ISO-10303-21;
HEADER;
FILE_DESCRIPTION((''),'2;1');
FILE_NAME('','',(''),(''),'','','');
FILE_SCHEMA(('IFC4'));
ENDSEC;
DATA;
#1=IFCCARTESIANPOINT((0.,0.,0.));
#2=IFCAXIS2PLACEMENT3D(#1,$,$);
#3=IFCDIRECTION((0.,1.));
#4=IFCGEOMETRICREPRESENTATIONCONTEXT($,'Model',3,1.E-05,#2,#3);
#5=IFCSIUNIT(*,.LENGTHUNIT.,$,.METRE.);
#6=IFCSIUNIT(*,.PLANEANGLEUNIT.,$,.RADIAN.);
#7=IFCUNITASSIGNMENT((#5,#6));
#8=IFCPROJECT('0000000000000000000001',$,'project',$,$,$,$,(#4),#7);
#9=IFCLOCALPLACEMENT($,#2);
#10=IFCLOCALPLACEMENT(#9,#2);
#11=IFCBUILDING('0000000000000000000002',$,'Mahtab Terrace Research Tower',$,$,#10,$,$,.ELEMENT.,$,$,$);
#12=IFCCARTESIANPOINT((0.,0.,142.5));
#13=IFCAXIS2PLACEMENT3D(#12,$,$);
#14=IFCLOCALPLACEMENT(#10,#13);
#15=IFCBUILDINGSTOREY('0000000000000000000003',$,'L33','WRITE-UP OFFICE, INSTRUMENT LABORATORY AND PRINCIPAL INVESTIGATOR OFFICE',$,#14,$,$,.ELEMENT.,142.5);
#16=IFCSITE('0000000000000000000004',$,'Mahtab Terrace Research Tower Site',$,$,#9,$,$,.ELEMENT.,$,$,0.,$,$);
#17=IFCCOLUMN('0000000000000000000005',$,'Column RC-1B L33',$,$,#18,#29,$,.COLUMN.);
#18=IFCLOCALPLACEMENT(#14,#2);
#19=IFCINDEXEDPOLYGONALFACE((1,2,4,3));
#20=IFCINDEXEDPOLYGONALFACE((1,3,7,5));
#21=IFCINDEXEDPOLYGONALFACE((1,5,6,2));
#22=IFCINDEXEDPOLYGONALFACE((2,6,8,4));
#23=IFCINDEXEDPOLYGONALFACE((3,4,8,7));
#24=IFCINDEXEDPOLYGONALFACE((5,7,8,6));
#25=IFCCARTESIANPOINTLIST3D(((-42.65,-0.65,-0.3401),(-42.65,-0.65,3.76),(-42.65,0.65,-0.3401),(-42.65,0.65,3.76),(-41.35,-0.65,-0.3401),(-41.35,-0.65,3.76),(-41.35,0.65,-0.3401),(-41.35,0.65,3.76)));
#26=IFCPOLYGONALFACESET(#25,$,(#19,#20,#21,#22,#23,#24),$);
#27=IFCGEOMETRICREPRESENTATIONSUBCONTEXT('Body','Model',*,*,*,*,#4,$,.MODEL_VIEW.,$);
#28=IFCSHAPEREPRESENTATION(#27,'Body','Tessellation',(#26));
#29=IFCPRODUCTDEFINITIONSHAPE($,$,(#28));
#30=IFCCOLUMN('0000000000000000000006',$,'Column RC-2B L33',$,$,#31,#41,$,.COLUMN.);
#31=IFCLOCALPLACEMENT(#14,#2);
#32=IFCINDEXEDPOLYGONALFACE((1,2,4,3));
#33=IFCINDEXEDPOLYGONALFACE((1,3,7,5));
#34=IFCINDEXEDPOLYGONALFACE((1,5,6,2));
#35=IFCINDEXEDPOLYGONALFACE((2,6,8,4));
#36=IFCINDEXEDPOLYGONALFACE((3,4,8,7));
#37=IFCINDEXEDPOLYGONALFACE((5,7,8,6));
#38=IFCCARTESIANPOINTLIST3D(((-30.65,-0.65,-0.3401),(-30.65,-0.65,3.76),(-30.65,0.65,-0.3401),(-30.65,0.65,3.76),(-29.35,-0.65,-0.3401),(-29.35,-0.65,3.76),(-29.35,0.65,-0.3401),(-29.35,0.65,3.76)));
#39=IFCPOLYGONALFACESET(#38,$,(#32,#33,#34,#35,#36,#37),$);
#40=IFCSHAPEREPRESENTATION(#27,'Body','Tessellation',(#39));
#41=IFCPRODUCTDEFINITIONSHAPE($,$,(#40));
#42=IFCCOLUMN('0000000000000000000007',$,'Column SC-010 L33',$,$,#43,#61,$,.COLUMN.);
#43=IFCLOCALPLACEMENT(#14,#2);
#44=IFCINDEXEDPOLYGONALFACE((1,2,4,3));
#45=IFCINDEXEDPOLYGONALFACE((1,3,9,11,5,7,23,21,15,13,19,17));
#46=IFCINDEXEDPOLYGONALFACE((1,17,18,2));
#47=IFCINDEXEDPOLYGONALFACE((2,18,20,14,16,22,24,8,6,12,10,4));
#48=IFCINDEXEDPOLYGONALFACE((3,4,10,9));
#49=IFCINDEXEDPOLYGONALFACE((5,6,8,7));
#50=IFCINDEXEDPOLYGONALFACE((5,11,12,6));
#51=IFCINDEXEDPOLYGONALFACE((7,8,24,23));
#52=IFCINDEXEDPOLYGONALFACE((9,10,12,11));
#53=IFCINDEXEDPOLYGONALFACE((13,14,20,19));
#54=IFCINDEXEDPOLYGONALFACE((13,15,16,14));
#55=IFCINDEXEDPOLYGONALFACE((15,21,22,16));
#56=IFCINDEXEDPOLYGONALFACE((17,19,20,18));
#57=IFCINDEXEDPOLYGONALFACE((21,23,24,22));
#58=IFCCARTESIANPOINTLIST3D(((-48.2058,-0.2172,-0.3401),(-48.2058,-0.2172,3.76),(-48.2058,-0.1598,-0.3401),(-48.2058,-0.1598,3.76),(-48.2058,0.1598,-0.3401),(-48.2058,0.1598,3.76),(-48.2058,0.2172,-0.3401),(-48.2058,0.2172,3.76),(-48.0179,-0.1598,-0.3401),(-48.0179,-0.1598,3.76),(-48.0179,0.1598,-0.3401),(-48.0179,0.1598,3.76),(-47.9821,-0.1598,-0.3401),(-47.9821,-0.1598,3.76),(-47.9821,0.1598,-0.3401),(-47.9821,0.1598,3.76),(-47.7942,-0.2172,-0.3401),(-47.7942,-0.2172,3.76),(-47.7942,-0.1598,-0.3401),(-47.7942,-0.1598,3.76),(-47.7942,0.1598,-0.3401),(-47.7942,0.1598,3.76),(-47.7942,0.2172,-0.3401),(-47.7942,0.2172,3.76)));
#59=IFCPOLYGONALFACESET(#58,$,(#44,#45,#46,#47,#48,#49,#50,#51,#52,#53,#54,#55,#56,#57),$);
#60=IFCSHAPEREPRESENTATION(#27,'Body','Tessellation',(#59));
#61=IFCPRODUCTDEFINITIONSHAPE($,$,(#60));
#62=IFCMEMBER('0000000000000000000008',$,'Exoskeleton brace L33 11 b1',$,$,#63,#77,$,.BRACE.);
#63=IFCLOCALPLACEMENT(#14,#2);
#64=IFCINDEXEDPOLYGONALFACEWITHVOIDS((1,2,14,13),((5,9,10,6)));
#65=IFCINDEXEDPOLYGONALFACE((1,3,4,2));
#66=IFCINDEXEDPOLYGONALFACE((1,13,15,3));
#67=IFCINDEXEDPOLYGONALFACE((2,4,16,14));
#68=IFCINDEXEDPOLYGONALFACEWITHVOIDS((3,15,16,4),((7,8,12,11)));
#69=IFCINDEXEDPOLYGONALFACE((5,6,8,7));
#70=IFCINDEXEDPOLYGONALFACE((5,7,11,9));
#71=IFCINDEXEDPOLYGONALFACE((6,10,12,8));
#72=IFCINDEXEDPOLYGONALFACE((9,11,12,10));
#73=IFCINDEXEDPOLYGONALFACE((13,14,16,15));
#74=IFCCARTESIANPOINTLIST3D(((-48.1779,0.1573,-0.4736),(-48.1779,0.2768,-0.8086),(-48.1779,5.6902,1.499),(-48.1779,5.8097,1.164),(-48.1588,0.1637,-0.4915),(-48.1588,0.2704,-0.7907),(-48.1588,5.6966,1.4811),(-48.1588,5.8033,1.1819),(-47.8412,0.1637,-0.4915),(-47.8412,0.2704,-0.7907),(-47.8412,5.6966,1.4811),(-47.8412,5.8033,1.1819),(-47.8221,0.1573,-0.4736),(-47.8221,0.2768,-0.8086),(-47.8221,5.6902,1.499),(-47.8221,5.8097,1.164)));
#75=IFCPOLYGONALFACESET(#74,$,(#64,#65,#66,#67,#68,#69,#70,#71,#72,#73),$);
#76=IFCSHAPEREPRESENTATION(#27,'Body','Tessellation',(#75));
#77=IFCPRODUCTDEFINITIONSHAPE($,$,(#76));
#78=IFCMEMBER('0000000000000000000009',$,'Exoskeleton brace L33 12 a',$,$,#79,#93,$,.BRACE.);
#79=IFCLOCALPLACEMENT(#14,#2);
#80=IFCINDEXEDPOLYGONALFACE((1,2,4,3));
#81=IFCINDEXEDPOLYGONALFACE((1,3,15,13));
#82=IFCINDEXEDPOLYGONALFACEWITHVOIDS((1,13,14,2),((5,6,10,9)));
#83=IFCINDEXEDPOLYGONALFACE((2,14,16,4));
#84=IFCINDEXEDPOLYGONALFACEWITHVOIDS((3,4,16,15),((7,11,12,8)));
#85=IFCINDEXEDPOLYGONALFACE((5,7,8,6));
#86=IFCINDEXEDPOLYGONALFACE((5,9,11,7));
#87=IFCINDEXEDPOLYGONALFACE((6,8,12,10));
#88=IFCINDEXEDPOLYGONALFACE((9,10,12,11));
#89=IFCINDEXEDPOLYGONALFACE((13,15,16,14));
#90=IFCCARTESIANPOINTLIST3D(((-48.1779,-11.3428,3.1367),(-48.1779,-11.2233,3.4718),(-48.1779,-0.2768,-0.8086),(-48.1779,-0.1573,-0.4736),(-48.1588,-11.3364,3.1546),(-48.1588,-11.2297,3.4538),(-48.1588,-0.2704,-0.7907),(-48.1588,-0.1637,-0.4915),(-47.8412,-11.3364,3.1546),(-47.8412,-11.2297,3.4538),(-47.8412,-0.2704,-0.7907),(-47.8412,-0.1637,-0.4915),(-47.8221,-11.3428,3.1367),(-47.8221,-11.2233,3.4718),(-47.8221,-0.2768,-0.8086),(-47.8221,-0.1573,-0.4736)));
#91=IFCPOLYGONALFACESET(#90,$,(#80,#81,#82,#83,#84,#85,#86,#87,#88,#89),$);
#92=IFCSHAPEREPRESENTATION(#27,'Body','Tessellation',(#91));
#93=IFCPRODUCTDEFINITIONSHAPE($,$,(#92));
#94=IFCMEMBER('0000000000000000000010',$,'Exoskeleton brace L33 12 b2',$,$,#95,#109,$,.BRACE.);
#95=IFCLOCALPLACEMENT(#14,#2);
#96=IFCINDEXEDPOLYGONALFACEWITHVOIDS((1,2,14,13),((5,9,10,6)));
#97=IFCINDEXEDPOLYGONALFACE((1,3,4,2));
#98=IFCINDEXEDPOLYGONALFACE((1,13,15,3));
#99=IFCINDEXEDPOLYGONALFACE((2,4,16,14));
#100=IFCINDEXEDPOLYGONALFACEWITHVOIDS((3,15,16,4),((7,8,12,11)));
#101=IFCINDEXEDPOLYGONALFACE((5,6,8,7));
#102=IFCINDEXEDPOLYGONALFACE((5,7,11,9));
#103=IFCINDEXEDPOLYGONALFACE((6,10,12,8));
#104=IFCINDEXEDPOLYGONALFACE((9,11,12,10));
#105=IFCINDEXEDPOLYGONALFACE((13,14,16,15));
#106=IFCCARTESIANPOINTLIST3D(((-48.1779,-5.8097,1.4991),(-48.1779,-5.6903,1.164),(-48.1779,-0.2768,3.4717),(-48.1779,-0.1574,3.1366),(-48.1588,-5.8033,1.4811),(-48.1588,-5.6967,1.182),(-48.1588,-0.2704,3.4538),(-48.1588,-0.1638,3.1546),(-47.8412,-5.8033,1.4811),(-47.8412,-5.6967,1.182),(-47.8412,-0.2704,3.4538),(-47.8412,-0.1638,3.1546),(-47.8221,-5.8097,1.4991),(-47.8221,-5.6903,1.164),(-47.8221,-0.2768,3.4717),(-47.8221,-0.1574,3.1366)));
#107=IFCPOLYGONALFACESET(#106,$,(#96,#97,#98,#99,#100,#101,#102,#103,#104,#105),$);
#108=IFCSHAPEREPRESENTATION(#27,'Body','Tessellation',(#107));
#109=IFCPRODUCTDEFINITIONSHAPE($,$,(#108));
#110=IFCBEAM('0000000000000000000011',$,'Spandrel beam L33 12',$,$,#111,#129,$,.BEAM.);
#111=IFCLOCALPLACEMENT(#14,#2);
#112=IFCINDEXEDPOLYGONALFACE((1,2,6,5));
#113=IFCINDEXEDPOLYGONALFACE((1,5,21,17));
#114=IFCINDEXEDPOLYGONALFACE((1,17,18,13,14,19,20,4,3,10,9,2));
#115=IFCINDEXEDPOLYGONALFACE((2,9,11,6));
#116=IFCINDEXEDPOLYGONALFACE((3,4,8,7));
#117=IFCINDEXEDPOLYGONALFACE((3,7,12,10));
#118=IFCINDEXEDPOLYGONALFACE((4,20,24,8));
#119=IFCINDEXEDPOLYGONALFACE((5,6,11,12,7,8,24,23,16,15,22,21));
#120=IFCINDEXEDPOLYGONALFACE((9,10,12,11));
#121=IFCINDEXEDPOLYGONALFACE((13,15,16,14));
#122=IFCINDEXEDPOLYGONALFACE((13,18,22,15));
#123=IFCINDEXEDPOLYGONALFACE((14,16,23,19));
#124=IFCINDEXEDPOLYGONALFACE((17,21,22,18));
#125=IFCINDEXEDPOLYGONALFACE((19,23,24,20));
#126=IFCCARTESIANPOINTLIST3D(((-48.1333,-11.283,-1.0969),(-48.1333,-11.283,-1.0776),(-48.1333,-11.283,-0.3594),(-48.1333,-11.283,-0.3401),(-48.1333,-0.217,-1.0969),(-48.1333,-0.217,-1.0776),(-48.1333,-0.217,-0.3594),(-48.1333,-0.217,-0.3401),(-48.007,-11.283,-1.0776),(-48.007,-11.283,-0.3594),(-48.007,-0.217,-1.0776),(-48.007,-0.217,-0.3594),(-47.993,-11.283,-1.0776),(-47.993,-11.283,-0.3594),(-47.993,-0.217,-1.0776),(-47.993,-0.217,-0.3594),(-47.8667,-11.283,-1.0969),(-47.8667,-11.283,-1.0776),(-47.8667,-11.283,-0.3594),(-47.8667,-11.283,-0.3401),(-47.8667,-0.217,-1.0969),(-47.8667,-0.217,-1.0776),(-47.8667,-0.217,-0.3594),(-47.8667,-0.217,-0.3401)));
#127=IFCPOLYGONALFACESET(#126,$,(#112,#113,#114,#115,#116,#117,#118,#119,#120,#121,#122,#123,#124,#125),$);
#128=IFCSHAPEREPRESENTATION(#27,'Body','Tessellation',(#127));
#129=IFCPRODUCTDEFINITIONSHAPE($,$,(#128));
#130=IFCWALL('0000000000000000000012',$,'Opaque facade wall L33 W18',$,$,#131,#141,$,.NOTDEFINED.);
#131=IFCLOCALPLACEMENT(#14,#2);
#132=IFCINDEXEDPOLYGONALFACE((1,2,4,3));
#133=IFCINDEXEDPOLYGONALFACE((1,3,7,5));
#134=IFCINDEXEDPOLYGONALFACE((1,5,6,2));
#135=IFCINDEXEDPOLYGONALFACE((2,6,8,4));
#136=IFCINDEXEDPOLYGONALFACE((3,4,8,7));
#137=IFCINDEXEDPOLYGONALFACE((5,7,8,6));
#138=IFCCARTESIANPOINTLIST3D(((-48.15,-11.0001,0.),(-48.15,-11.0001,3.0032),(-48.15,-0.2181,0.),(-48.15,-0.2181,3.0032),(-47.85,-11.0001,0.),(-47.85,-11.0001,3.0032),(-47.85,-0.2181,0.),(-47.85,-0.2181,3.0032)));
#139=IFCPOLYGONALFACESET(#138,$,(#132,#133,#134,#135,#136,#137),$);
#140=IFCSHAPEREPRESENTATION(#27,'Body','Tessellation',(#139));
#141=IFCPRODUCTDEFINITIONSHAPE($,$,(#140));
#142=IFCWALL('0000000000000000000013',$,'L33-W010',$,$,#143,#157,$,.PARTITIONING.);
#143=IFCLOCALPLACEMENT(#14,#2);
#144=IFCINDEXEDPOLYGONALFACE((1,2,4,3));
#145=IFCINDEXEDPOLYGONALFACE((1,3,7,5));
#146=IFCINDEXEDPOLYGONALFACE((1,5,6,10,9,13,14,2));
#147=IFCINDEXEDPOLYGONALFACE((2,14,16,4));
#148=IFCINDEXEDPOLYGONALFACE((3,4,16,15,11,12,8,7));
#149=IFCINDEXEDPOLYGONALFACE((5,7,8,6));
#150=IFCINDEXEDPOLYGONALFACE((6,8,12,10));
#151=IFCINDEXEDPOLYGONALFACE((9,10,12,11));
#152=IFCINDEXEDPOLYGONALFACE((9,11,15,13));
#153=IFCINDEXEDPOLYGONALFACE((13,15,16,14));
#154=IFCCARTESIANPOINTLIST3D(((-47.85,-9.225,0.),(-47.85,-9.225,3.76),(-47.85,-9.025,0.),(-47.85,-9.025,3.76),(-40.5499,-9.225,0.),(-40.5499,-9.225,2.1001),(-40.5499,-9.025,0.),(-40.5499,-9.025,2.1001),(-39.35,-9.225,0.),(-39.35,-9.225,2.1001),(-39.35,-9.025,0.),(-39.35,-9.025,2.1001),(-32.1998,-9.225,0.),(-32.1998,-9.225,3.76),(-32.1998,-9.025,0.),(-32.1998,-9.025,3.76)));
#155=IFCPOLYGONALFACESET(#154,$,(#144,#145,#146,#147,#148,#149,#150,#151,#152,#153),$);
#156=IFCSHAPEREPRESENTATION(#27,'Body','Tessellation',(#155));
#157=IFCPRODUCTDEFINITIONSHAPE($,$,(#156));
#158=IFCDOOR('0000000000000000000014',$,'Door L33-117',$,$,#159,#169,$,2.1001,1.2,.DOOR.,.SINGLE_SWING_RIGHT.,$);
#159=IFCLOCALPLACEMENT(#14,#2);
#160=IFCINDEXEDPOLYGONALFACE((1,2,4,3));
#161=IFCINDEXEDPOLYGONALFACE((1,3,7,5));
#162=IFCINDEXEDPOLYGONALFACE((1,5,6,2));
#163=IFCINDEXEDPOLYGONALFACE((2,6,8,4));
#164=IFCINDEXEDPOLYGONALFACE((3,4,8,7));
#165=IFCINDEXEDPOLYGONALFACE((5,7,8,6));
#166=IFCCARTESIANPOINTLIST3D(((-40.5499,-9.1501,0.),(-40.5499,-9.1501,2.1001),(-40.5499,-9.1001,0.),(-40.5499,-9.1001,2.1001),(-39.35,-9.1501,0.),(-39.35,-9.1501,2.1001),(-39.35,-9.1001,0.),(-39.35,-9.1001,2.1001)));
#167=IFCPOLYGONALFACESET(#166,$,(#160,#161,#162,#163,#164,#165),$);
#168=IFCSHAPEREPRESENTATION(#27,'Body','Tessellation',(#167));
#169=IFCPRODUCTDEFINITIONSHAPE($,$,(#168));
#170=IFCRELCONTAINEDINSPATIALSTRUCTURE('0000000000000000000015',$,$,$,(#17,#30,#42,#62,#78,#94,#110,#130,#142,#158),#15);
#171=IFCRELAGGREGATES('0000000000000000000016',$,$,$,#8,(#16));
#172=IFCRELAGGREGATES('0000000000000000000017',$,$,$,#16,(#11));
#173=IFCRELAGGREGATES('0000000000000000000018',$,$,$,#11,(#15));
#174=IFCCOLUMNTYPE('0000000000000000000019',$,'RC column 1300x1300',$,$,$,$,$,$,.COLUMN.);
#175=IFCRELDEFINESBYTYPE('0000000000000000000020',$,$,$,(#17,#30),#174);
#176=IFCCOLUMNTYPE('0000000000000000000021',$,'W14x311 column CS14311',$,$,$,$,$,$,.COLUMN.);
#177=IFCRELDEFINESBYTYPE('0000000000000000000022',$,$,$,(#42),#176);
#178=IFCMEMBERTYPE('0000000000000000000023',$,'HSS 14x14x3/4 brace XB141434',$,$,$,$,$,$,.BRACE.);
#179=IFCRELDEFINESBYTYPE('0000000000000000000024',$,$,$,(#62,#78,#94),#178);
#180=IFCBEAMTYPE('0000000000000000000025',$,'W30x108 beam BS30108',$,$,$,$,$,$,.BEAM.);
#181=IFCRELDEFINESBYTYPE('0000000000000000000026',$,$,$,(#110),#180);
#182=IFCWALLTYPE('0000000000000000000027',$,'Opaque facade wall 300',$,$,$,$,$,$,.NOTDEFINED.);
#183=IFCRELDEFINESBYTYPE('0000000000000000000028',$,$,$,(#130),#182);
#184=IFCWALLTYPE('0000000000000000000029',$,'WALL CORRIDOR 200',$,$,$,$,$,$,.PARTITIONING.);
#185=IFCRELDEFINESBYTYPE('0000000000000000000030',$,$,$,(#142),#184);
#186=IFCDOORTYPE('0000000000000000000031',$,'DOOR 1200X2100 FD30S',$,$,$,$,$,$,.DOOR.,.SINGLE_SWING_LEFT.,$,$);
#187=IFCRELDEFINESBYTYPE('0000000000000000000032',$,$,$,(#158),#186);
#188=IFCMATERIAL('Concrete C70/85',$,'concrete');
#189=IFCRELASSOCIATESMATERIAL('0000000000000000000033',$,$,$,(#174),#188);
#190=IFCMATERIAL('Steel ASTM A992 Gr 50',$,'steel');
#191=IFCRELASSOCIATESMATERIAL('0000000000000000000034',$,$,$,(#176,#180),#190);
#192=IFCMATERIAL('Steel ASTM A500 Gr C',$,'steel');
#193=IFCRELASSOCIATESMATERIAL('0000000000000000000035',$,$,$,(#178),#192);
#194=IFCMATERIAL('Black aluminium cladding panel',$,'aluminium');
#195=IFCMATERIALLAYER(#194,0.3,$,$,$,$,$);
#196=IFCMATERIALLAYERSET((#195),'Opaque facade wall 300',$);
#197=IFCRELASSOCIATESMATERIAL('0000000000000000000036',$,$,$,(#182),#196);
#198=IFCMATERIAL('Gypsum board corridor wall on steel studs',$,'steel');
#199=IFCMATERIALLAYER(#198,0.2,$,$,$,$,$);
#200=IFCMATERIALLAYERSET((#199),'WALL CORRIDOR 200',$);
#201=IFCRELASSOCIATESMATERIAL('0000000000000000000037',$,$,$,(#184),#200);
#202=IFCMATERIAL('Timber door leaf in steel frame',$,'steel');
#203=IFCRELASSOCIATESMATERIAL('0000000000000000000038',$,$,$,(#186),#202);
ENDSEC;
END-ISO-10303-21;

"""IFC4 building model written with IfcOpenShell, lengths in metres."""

from ifc_helpers import new_model, si_unit, direction, frame, frame_2d, origin, origin_2d, place, context, subcontext, project, spatial, rectangle, hollow_rectangle, i_section, extrude, material, layer, layer_set, material_profile, profile_set, type_object, element, fill, save


model = new_model("IFC4")

# Units and contexts
model_context = context("Model", 3, precision=1e-05, world=origin(), true_north=direction((0.0, 1.0)))
body_context = subcontext(model_context, "Body", "Model", "MODEL_VIEW")
ifc_project = project(units=[si_unit("LENGTHUNIT", "METRE"), si_unit("PLANEANGLEUNIT", "RADIAN")], contexts=[model_context])

# Site, building, storey
site_placement = place(None, origin())
site = spatial("IfcSite", under=ifc_project, at=site_placement, Name="Mahtab Terrace Research Tower Site", CompositionType="ELEMENT", RefElevation=0.0)
building_placement = place(site_placement, origin())
building = spatial("IfcBuilding", under=site, at=building_placement, Name="Mahtab Terrace Research Tower", CompositionType="ELEMENT")
storey_placement = place(building_placement, frame((0.0, 0.0, 142.5)))
storey = spatial("IfcBuildingStorey", under=building, at=storey_placement, Name="L33", Description="WRITE-UP OFFICE, INSTRUMENT LABORATORY AND PRINCIPAL INVESTIGATOR OFFICE", CompositionType="ELEMENT", Elevation=142.5)

# Columns
ifc_material_1 = material(Name="Concrete C70/85", Category="concrete")
ifc_material_profile_1 = material_profile(ifc_material_1, rectangle(XDim=1.3, YDim=1.3, at=origin_2d()), Name="RC column 1300x1300")
ifc_profile_set_1 = profile_set([ifc_material_profile_1], Name="Concrete C70/85")
column_type_1 = type_object("IfcColumnType", Name="RC column 1300x1300", PredefinedType="COLUMN", material=ifc_profile_set_1)
for number, where, z_axis, x_axis, name in (
    (1, (-42.0, 0.0, -0.3401), (0.0, 0.0, 1.0), (1.0, 0.0, 0.0), "Column RC-1B L33"),
    (2, (-30.0, 0.0, -0.3401), (0.0, 0.0, 1.0), (1.0, 0.0, 0.0), "Column RC-2B L33"),
):
    element("IfcColumn", number, at=place(storey_placement, frame(where, z_axis=z_axis, x_axis=x_axis)), inside=storey, type_object=column_type_1, Name=name, PredefinedType="COLUMN", context=body_context, shape_type="SweptSolid", body=[
        extrude(rectangle(XDim=1.3, YDim=1.3, at=origin_2d()), origin(), (0.0, 0.0, 1.0), 4.1001),
    ])
ifc_material_2 = material(Name="Steel ASTM A992 Gr 50", Category="steel")
ifc_material_profile_2 = material_profile(ifc_material_2, i_section(OverallWidth=0.4116, OverallDepth=0.4343, WebThickness=0.0359, FlangeThickness=0.0574, at=origin_2d()), Name="W14X311")
ifc_profile_set_2 = profile_set([ifc_material_profile_2], Name="Steel ASTM A992 Gr 50")
column_type_2 = type_object("IfcColumnType", Name="W14x311 column CS14311", PredefinedType="COLUMN", material=ifc_profile_set_2)
column_placement = place(storey_placement, frame((-48.0, 0.0, -0.3401), z_axis=(0.0, 0.0, 1.0), x_axis=(1.0, 0.0, 0.0)))
element("IfcColumn", 3, at=column_placement, inside=storey, type_object=column_type_2, Name="Column SC-010 L33", PredefinedType="COLUMN", context=body_context, shape_type="SweptSolid", body=[
    extrude(i_section(OverallWidth=0.4116, OverallDepth=0.4343, WebThickness=0.0359, FlangeThickness=0.0574, at=origin_2d()), origin(), (0.0, 0.0, 1.0), 4.1001),
])

# Members
ifc_material_3 = material(Name="Steel ASTM A500 Gr C", Category="steel")
ifc_material_profile_3 = material_profile(ifc_material_3, hollow_rectangle(XDim=0.3557, YDim=0.3557, WallThickness=0.019, at=origin_2d()), Name="HSS14X14X3/4")
ifc_profile_set_3 = profile_set([ifc_material_profile_3], Name="Steel ASTM A500 Gr C")
member_type = type_object("IfcMemberType", Name="HSS 14x14x3/4 brace XB141434", PredefinedType="BRACE", material=ifc_profile_set_3)
member_1_placement = place(storey_placement, frame((-48.0, 0.217, -0.6411), z_axis=(0.0, 0.941925, 0.335823), x_axis=(-1.0, 0.0, 0.0)))
element("IfcMember", 4, at=member_1_placement, inside=storey, type_object=member_type, Name="Exoskeleton brace L33 11 b1", PredefinedType="BRACE", context=body_context, shape_type="SweptSolid", body=[
    extrude(hollow_rectangle(XDim=0.3557, YDim=0.3557, WallThickness=0.019, at=origin_2d()), origin(), (0.0, 0.0, 1.0), 5.874),
])
member_2_placement = place(storey_placement, frame((-48.0, -0.217, -0.6411), z_axis=(0.0, -0.941925, 0.335823), x_axis=(1.0, 0.0, 0.0)))
element("IfcMember", 5, at=member_2_placement, inside=storey, type_object=member_type, Name="Exoskeleton brace L33 12 a", PredefinedType="BRACE", context=body_context, shape_type="SweptSolid", body=[
    extrude(hollow_rectangle(XDim=0.3557, YDim=0.3557, WallThickness=0.019, at=origin_2d()), origin(), (0.0, 0.0, 1.0), 11.7483),
])
member_3_placement = place(storey_placement, frame((-48.0, -5.75, 1.3315), z_axis=(0.0, 0.941925, 0.335823), x_axis=(-1.0, 0.0, 0.0)))
element("IfcMember", 6, at=member_3_placement, inside=storey, type_object=member_type, Name="Exoskeleton brace L33 12 b2", PredefinedType="BRACE", context=body_context, shape_type="SweptSolid", body=[
    extrude(hollow_rectangle(XDim=0.3557, YDim=0.3557, WallThickness=0.019, at=origin_2d()), origin(), (0.0, 0.0, 1.0), 5.874),
])

# Beam
ifc_material_profile_4 = material_profile(ifc_material_2, i_section(OverallWidth=0.2666, OverallDepth=0.7568, WebThickness=0.0139, FlangeThickness=0.0193, at=origin_2d()), Name="W30X108")
ifc_profile_set_4 = profile_set([ifc_material_profile_4], Name="Steel ASTM A992 Gr 50")
beam_type = type_object("IfcBeamType", Name="W30x108 beam BS30108", PredefinedType="BEAM", material=ifc_profile_set_4)
beam_placement = place(storey_placement, frame((-48.0, -0.217, -0.7185), z_axis=(0.0, -1.0, 0.0), x_axis=(1.0, 0.0, 0.0)))
element("IfcBeam", 7, at=beam_placement, inside=storey, type_object=beam_type, Name="Spandrel beam L33 12", PredefinedType="BEAM", context=body_context, shape_type="SweptSolid", body=[
    extrude(i_section(OverallWidth=0.2666, OverallDepth=0.7568, WebThickness=0.0139, FlangeThickness=0.0193, at=origin_2d()), origin(), (0.0, 0.0, 1.0), 11.0659),
])

# Wall
ifc_material_4 = material(Name="Black aluminium cladding panel", Category="aluminium")
ifc_layer_1 = layer(ifc_material_4, 0.3)
ifc_layer_set_1 = layer_set([ifc_layer_1], Name="Opaque facade wall 300")
wall_type_1 = type_object("IfcWallType", Name="Opaque facade wall 300", PredefinedType="NOTDEFINED", material=ifc_layer_set_1)
wall_1_placement = place(storey_placement, frame((-48.0, -0.218, 0.0), z_axis=(0.0, 0.0, 1.0), x_axis=(0.0, -1.0, 0.0)))
element("IfcWall", 8, at=wall_1_placement, inside=storey, type_object=wall_type_1, Name="Opaque facade wall L33 W18", PredefinedType="NOTDEFINED", context=body_context, shape_type="SweptSolid", body=[
    extrude(rectangle(XDim=10.782, YDim=0.3, at=frame_2d((5.3911, 0.0))), origin(), (0.0, 0.0, 1.0), 3.0032),
])

# Wall, opening, door
ifc_material_5 = material(Name="Gypsum board corridor wall on steel studs", Category="steel")
ifc_layer_2 = layer(ifc_material_5, 0.2)
ifc_layer_set_2 = layer_set([ifc_layer_2], Name="WALL CORRIDOR 200")
wall_type_2 = type_object("IfcWallType", Name="WALL CORRIDOR 200", PredefinedType="PARTITIONING", material=ifc_layer_set_2)
wall_2_placement = place(storey_placement, frame((-47.8501, -9.125, 0.0), z_axis=(0.0, 0.0, 1.0), x_axis=(1.0, 0.0, 0.0)))
wall_2 = element("IfcWall", 9, at=wall_2_placement, inside=storey, type_object=wall_type_2, Name="L33-W010", PredefinedType="PARTITIONING", context=body_context, shape_type="SweptSolid", body=[
    extrude(rectangle(XDim=15.6501, YDim=0.2, at=frame_2d((7.8252, 0.0))), origin(), (0.0, 0.0, 1.0), 3.76),
])
opening_1_placement = place(wall_2_placement, frame((7.3, 0.0, 0.0)))
opening_1 = element("IfcOpeningElement", 10, at=opening_1_placement, cuts=wall_2, PredefinedType="OPENING", context=body_context, shape_type="SweptSolid", body=[
    extrude(rectangle(XDim=1.2, YDim=2.1001, at=frame_2d((0.6001, 1.05))), frame((0.0, 0.1099, 0.0), z_axis=(0.0, -1.0, 0.0), x_axis=(1.0, 0.0, 0.0)), (0.0, 0.0, 1.0), 0.22),
])
ifc_material_6 = material(Name="Timber door leaf in steel frame", Category="steel")
door_type = type_object("IfcDoorType", Name="DOOR 1200X2100 FD30S", OperationType="SINGLE_SWING_LEFT", PredefinedType="DOOR", material=ifc_material_6)
door_1_placement = place(opening_1_placement, origin())
door_1 = element("IfcDoor", 11, at=door_1_placement, inside=storey, type_object=door_type, Name="Door L33-117", OperationType="SINGLE_SWING_RIGHT", OverallHeight=2.1001, OverallWidth=1.2, PredefinedType="DOOR", context=body_context, shape_type="SweptSolid", body=[
    extrude(rectangle(XDim=1.2, YDim=2.1001, at=frame_2d((0.6001, 1.05))), frame((0.0, 0.0249, 0.0), z_axis=(0.0, -1.0, 0.0), x_axis=(1.0, 0.0, 0.0)), (0.0, 0.0, 1.0), 0.05),
])
fill(opening_1, door_1)

save(model, "model.ifc")
